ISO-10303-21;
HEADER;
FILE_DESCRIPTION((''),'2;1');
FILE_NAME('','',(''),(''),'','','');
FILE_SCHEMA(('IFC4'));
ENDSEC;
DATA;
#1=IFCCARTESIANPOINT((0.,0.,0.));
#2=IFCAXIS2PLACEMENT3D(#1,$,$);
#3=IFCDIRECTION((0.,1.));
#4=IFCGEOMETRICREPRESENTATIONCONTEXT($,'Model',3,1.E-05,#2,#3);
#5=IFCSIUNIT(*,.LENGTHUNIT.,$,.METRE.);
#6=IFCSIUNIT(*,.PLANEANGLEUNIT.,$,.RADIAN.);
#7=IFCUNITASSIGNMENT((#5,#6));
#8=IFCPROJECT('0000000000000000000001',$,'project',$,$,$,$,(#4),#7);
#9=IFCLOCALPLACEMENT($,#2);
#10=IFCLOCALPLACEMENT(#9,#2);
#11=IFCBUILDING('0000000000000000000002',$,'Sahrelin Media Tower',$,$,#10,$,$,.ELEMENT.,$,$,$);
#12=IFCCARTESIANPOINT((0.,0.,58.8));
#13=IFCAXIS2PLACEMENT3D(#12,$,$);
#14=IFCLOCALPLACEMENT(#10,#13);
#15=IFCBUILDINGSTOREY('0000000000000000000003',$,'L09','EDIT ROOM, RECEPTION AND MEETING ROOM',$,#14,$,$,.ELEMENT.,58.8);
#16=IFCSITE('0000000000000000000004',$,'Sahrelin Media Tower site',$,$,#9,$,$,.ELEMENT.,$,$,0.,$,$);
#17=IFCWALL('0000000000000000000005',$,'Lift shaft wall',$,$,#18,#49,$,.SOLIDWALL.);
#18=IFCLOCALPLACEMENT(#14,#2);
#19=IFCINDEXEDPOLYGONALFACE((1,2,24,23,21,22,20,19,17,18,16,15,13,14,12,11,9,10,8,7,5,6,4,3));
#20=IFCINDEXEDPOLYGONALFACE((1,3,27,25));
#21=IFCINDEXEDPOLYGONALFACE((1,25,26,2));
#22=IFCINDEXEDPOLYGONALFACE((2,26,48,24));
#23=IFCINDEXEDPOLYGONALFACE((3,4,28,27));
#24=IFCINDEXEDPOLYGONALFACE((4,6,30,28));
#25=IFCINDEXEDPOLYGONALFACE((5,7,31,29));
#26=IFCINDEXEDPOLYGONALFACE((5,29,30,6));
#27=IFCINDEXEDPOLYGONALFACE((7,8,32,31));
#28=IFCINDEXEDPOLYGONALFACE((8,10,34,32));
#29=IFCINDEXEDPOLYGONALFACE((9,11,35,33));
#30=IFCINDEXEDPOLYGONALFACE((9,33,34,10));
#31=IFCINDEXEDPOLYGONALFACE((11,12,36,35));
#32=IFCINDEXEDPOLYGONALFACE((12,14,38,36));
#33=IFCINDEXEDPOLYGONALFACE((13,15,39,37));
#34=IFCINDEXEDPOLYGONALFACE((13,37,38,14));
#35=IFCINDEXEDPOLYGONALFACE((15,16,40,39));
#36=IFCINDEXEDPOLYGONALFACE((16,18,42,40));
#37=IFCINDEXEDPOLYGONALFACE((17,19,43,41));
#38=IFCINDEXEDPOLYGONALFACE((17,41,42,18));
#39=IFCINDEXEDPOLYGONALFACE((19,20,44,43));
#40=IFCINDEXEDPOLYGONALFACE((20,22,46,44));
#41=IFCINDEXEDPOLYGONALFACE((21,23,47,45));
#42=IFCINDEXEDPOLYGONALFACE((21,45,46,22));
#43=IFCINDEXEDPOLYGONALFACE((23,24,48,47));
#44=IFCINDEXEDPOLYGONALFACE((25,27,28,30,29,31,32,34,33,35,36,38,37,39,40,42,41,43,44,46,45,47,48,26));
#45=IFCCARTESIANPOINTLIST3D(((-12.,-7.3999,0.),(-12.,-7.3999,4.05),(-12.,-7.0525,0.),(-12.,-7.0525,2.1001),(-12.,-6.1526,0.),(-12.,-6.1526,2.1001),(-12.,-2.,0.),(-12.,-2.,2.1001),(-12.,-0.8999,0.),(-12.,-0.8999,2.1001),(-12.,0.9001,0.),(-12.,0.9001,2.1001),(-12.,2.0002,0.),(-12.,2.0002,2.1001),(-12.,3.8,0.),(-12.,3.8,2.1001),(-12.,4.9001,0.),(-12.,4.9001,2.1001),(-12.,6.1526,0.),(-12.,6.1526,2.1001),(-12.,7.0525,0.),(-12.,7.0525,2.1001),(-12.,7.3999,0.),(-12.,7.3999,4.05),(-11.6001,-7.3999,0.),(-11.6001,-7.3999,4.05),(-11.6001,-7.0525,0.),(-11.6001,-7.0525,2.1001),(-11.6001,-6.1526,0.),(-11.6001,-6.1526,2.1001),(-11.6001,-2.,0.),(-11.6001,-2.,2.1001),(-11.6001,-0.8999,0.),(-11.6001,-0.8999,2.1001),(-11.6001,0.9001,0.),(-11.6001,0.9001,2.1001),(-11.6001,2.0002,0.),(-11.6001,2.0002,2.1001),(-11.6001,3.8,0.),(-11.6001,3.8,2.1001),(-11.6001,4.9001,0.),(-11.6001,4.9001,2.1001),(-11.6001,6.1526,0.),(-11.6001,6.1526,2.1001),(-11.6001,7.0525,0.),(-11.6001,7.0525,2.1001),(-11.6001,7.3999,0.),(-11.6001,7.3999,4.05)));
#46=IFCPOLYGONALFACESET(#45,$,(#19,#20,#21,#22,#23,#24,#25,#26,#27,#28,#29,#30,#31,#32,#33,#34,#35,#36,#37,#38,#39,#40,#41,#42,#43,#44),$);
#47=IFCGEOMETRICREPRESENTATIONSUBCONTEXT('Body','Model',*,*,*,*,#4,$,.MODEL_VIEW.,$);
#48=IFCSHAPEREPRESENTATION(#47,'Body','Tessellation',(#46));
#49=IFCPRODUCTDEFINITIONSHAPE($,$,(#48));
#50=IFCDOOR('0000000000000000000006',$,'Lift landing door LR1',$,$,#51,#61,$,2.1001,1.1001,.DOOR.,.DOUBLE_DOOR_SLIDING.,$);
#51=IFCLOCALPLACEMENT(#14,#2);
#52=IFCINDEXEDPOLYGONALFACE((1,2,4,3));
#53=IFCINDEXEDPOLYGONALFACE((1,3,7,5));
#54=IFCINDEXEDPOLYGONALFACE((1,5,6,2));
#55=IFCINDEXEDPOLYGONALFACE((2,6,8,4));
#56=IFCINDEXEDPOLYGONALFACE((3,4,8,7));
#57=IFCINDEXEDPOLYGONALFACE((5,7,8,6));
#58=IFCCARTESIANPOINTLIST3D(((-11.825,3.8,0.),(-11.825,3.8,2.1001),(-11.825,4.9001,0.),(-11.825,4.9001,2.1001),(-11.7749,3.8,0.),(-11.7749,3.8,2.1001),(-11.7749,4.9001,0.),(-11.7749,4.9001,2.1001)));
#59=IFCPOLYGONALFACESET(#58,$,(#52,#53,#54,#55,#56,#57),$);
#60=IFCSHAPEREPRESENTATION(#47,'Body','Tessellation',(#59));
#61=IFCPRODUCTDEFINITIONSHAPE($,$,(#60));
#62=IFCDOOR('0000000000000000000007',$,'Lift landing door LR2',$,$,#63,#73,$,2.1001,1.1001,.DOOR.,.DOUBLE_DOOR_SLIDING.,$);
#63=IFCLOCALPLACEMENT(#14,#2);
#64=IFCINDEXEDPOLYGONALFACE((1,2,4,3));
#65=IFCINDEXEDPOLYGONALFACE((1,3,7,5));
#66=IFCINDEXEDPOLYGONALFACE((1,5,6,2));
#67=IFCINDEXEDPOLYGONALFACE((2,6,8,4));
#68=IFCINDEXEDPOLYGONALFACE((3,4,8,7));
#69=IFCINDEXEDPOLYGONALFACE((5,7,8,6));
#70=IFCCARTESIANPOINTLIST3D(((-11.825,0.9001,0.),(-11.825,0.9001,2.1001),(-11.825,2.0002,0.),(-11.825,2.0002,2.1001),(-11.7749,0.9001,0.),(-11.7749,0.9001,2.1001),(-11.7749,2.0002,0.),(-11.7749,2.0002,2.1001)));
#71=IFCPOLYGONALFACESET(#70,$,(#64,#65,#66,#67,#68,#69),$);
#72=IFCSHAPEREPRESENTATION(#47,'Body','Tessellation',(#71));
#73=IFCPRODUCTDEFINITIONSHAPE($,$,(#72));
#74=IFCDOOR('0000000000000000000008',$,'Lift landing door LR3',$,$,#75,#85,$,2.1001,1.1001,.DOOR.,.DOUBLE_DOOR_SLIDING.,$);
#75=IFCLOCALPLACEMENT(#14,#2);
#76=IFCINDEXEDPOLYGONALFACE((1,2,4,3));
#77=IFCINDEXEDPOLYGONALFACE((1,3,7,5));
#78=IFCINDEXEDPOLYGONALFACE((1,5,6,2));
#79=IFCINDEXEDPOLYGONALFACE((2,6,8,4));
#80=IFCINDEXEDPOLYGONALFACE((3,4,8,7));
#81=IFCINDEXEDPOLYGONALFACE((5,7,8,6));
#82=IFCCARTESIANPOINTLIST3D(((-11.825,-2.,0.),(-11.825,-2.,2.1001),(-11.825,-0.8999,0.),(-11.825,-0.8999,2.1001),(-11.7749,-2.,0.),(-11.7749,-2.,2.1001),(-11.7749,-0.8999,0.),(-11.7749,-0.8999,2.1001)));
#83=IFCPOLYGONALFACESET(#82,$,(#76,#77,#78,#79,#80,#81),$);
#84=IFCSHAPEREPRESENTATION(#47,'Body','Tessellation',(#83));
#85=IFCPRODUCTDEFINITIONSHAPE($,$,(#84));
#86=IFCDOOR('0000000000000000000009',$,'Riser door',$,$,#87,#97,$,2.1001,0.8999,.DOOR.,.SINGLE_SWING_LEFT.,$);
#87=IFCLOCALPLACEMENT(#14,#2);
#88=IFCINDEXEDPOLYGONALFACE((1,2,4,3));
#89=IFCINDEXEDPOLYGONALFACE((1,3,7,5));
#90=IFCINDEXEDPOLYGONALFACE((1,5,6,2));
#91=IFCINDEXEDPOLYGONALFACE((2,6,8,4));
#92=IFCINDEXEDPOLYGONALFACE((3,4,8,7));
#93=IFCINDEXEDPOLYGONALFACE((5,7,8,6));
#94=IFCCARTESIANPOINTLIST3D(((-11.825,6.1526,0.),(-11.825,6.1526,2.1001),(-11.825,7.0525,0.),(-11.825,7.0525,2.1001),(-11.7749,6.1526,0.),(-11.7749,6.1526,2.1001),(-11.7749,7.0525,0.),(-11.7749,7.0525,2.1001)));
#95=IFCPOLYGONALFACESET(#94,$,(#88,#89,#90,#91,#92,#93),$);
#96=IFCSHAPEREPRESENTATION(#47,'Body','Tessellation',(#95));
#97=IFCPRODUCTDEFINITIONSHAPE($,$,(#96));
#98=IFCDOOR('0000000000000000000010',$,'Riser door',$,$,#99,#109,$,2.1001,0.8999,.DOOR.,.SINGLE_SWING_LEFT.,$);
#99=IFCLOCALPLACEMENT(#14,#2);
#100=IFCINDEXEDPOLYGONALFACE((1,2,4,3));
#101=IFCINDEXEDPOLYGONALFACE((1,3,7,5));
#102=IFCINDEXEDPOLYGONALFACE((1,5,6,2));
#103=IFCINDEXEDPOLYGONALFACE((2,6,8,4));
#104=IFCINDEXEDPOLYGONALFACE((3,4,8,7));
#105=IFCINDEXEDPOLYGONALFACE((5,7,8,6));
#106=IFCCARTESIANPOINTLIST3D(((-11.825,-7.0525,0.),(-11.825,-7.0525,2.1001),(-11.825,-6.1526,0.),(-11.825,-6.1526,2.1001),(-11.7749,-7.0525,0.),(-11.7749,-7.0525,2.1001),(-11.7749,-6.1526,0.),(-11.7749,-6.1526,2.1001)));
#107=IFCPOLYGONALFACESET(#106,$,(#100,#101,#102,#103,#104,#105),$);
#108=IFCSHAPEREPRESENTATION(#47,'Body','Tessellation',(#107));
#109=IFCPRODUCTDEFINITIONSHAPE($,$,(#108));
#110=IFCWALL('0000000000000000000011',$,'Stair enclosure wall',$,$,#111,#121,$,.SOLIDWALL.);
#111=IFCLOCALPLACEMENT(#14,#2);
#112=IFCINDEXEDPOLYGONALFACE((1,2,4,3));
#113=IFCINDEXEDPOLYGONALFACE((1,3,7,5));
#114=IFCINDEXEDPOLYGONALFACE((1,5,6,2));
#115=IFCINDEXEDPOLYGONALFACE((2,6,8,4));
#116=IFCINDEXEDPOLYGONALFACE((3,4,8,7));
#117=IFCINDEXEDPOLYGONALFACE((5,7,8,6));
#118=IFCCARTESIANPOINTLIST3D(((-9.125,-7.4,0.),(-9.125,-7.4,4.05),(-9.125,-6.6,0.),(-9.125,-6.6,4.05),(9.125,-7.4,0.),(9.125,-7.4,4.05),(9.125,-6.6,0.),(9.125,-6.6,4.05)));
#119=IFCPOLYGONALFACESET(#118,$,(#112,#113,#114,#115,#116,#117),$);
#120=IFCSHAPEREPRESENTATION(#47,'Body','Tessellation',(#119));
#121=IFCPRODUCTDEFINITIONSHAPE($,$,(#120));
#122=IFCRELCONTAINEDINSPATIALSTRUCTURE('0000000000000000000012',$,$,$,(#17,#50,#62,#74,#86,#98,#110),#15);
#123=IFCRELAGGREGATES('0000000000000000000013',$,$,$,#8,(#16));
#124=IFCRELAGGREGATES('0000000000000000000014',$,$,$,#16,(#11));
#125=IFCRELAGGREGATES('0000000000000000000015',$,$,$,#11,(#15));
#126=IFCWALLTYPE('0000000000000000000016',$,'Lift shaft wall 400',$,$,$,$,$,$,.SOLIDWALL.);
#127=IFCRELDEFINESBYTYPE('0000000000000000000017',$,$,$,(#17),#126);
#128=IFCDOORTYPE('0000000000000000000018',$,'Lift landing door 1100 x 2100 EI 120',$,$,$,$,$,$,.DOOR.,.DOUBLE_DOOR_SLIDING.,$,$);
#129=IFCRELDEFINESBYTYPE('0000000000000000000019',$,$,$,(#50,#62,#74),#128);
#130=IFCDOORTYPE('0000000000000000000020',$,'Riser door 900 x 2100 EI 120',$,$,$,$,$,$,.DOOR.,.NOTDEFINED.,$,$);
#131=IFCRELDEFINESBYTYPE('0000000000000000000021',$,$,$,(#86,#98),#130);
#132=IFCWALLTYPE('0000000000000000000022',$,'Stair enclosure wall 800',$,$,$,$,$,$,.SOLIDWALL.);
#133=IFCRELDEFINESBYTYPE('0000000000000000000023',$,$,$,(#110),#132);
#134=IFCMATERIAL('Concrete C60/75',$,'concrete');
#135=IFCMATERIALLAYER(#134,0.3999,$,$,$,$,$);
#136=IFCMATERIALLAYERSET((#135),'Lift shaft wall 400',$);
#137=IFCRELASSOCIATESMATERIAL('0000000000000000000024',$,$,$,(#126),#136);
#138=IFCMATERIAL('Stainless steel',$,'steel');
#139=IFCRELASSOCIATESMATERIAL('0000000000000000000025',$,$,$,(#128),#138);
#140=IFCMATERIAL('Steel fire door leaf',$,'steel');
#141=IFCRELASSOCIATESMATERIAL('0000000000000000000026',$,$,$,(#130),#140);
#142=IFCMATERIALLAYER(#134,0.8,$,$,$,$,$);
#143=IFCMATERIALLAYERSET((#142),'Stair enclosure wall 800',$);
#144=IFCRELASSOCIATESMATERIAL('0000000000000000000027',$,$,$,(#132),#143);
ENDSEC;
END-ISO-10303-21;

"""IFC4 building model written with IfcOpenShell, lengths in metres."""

from ifc_helpers import new_model, si_unit, direction, frame, frame_2d, origin, place, context, subcontext, project, spatial, rectangle, extrude, material, layer, layer_set, type_object, element, fill, save


model = new_model("IFC4")

# Units and contexts
model_context = context("Model", 3, precision=1e-05, world=origin(), true_north=direction((0.0, 1.0)))
body_context = subcontext(model_context, "Body", "Model", "MODEL_VIEW")
ifc_project = project(units=[si_unit("LENGTHUNIT", "METRE"), si_unit("PLANEANGLEUNIT", "RADIAN")], contexts=[model_context])

# Site, building, storey
site_placement = place(None, origin())
site = spatial("IfcSite", under=ifc_project, at=site_placement, Name="Sahrelin Media Tower site", CompositionType="ELEMENT", RefElevation=0.0)
building_placement = place(site_placement, origin())
building = spatial("IfcBuilding", under=site, at=building_placement, Name="Sahrelin Media Tower", CompositionType="ELEMENT")
storey_placement = place(building_placement, frame((0.0, 0.0, 58.8)))
storey = spatial("IfcBuildingStorey", under=building, at=storey_placement, Name="L09", Description="EDIT ROOM, RECEPTION AND MEETING ROOM", CompositionType="ELEMENT", Elevation=58.8)

# Shared definitions
ifc_material_1 = material(Name="Concrete C60/75", Category="concrete")
ifc_material_2 = material(Name="Steel fire door leaf", Category="steel")

# Wall, openings, doors
ifc_layer_1 = layer(ifc_material_1, 0.3999)
ifc_layer_set_1 = layer_set([ifc_layer_1], Name="Lift shaft wall 400")
wall_type_1 = type_object("IfcWallType", Name="Lift shaft wall 400", PredefinedType="SOLIDWALL", material=ifc_layer_set_1)
wall_1_placement = place(storey_placement, frame((-11.8, -7.3999, 0.0), z_axis=(0.0, 0.0, 1.0), x_axis=(0.0, 1.0, 0.0)))
wall_1 = element("IfcWall", 1, at=wall_1_placement, inside=storey, type_object=wall_type_1, Name="Lift shaft wall", PredefinedType="SOLIDWALL", context=body_context, shape_type="SweptSolid", body=[
    extrude(rectangle(XDim=14.7998, YDim=0.3999, at=frame_2d((7.3999, 0.0))), origin(), (0.0, 0.0, 1.0), 4.05),
])
opening_1_placement = place(wall_1_placement, frame((11.2, 0.0, 0.0)))
opening_1 = element("IfcOpeningElement", 2, at=opening_1_placement, cuts=wall_1, PredefinedType="OPENING", context=body_context, shape_type="SweptSolid", body=[
    extrude(rectangle(XDim=1.1001, YDim=2.1001, at=frame_2d((0.55, 1.05))), frame((0.0, 0.2, 0.0), z_axis=(0.0, -1.0, 0.0), x_axis=(1.0, 0.0, 0.0)), (0.0, 0.0, 1.0), 0.3999),
])
opening_2_placement = place(wall_1_placement, frame((8.3, 0.0, 0.0)))
opening_2 = element("IfcOpeningElement", 3, at=opening_2_placement, cuts=wall_1, PredefinedType="OPENING", context=body_context, shape_type="SweptSolid", body=[
    extrude(rectangle(XDim=1.1001, YDim=2.1001, at=frame_2d((0.55, 1.05))), frame((0.0, 0.2, 0.0), z_axis=(0.0, -1.0, 0.0), x_axis=(1.0, 0.0, 0.0)), (0.0, 0.0, 1.0), 0.3999),
])
opening_3_placement = place(wall_1_placement, frame((5.3999, 0.0, 0.0)))
opening_3 = element("IfcOpeningElement", 4, at=opening_3_placement, cuts=wall_1, PredefinedType="OPENING", context=body_context, shape_type="SweptSolid", body=[
    extrude(rectangle(XDim=1.1001, YDim=2.1001, at=frame_2d((0.55, 1.05))), frame((0.0, 0.2, 0.0), z_axis=(0.0, -1.0, 0.0), x_axis=(1.0, 0.0, 0.0)), (0.0, 0.0, 1.0), 0.3999),
])
opening_4_placement = place(wall_1_placement, frame((13.5525, 0.0, 0.0)))
opening_4 = element("IfcOpeningElement", 5, at=opening_4_placement, cuts=wall_1, PredefinedType="OPENING", context=body_context, shape_type="SweptSolid", body=[
    extrude(rectangle(XDim=0.8999, YDim=2.1001, at=frame_2d((0.45, 1.05))), frame((0.0, 0.2, 0.0), z_axis=(0.0, -1.0, 0.0), x_axis=(1.0, 0.0, 0.0)), (0.0, 0.0, 1.0), 0.3999),
])
opening_5_placement = place(wall_1_placement, frame((0.3474, 0.0, 0.0)))
opening_5 = element("IfcOpeningElement", 6, at=opening_5_placement, cuts=wall_1, PredefinedType="OPENING", context=body_context, shape_type="SweptSolid", body=[
    extrude(rectangle(XDim=0.8999, YDim=2.1001, at=frame_2d((0.45, 1.05))), frame((0.0, 0.2, 0.0), z_axis=(0.0, -1.0, 0.0), x_axis=(1.0, 0.0, 0.0)), (0.0, 0.0, 1.0), 0.3999),
])
ifc_material_3 = material(Name="Stainless steel", Category="steel")
door_type_1 = type_object("IfcDoorType", Name="Lift landing door 1100 x 2100 EI 120", OperationType="DOUBLE_DOOR_SLIDING", PredefinedType="DOOR", material=ifc_material_3)
door_1_placement = place(opening_1_placement, origin())
door_1 = element("IfcDoor", 7, at=door_1_placement, inside=storey, type_object=door_type_1, Name="Lift landing door LR1", OperationType="DOUBLE_DOOR_SLIDING", OverallHeight=2.1001, OverallWidth=1.1001, PredefinedType="DOOR", context=body_context, shape_type="SweptSolid", body=[
    extrude(rectangle(XDim=1.1001, YDim=2.1001, at=frame_2d((0.55, 1.05))), frame((0.0, 0.0249, 0.0), z_axis=(0.0, -1.0, 0.0), x_axis=(1.0, 0.0, 0.0)), (0.0, 0.0, 1.0), 0.05),
])
fill(opening_1, door_1)
door_2_placement = place(opening_2_placement, origin())
door_2 = element("IfcDoor", 8, at=door_2_placement, inside=storey, type_object=door_type_1, Name="Lift landing door LR2", OperationType="DOUBLE_DOOR_SLIDING", OverallHeight=2.1001, OverallWidth=1.1001, PredefinedType="DOOR", context=body_context, shape_type="SweptSolid", body=[
    extrude(rectangle(XDim=1.1001, YDim=2.1001, at=frame_2d((0.55, 1.05))), frame((0.0, 0.0249, 0.0), z_axis=(0.0, -1.0, 0.0), x_axis=(1.0, 0.0, 0.0)), (0.0, 0.0, 1.0), 0.05),
])
fill(opening_2, door_2)
door_3_placement = place(opening_3_placement, origin())
door_3 = element("IfcDoor", 9, at=door_3_placement, inside=storey, type_object=door_type_1, Name="Lift landing door LR3", OperationType="DOUBLE_DOOR_SLIDING", OverallHeight=2.1001, OverallWidth=1.1001, PredefinedType="DOOR", context=body_context, shape_type="SweptSolid", body=[
    extrude(rectangle(XDim=1.1001, YDim=2.1001, at=frame_2d((0.55, 1.05))), frame((0.0, 0.0249, 0.0), z_axis=(0.0, -1.0, 0.0), x_axis=(1.0, 0.0, 0.0)), (0.0, 0.0, 1.0), 0.05),
])
fill(opening_3, door_3)
door_type_2 = type_object("IfcDoorType", Name="Riser door 900 x 2100 EI 120", OperationType="NOTDEFINED", PredefinedType="DOOR", material=ifc_material_2)
door_4_placement = place(opening_4_placement, origin())
door_4 = element("IfcDoor", 10, at=door_4_placement, inside=storey, type_object=door_type_2, Name="Riser door", OperationType="SINGLE_SWING_LEFT", OverallHeight=2.1001, OverallWidth=0.8999, PredefinedType="DOOR", context=body_context, shape_type="SweptSolid", body=[
    extrude(rectangle(XDim=0.8999, YDim=2.1001, at=frame_2d((0.45, 1.05))), frame((0.0, 0.0249, 0.0), z_axis=(0.0, -1.0, 0.0), x_axis=(1.0, 0.0, 0.0)), (0.0, 0.0, 1.0), 0.05),
])
fill(opening_4, door_4)
door_5_placement = place(opening_5_placement, origin())
door_5 = element("IfcDoor", 11, at=door_5_placement, inside=storey, type_object=door_type_2, Name="Riser door", OperationType="SINGLE_SWING_LEFT", OverallHeight=2.1001, OverallWidth=0.8999, PredefinedType="DOOR", context=body_context, shape_type="SweptSolid", body=[
    extrude(rectangle(XDim=0.8999, YDim=2.1001, at=frame_2d((0.45, 1.05))), frame((0.0, 0.0249, 0.0), z_axis=(0.0, -1.0, 0.0), x_axis=(1.0, 0.0, 0.0)), (0.0, 0.0, 1.0), 0.05),
])
fill(opening_5, door_5)

# Wall
ifc_layer_2 = layer(ifc_material_1, 0.8)
ifc_layer_set_2 = layer_set([ifc_layer_2], Name="Stair enclosure wall 800")
wall_type_2 = type_object("IfcWallType", Name="Stair enclosure wall 800", PredefinedType="SOLIDWALL", material=ifc_layer_set_2)
wall_2_placement = place(storey_placement, frame((-9.125, -7.0, 0.0), z_axis=(0.0, 0.0, 1.0), x_axis=(1.0, 0.0, 0.0)))
element("IfcWall", 12, at=wall_2_placement, inside=storey, type_object=wall_type_2, Name="Stair enclosure wall", PredefinedType="SOLIDWALL", context=body_context, shape_type="SweptSolid", body=[
    extrude(rectangle(XDim=18.25, YDim=0.8, at=frame_2d((9.125, 0.0))), origin(), (0.0, 0.0, 1.0), 4.05),
])

save(model, "model.ifc")
